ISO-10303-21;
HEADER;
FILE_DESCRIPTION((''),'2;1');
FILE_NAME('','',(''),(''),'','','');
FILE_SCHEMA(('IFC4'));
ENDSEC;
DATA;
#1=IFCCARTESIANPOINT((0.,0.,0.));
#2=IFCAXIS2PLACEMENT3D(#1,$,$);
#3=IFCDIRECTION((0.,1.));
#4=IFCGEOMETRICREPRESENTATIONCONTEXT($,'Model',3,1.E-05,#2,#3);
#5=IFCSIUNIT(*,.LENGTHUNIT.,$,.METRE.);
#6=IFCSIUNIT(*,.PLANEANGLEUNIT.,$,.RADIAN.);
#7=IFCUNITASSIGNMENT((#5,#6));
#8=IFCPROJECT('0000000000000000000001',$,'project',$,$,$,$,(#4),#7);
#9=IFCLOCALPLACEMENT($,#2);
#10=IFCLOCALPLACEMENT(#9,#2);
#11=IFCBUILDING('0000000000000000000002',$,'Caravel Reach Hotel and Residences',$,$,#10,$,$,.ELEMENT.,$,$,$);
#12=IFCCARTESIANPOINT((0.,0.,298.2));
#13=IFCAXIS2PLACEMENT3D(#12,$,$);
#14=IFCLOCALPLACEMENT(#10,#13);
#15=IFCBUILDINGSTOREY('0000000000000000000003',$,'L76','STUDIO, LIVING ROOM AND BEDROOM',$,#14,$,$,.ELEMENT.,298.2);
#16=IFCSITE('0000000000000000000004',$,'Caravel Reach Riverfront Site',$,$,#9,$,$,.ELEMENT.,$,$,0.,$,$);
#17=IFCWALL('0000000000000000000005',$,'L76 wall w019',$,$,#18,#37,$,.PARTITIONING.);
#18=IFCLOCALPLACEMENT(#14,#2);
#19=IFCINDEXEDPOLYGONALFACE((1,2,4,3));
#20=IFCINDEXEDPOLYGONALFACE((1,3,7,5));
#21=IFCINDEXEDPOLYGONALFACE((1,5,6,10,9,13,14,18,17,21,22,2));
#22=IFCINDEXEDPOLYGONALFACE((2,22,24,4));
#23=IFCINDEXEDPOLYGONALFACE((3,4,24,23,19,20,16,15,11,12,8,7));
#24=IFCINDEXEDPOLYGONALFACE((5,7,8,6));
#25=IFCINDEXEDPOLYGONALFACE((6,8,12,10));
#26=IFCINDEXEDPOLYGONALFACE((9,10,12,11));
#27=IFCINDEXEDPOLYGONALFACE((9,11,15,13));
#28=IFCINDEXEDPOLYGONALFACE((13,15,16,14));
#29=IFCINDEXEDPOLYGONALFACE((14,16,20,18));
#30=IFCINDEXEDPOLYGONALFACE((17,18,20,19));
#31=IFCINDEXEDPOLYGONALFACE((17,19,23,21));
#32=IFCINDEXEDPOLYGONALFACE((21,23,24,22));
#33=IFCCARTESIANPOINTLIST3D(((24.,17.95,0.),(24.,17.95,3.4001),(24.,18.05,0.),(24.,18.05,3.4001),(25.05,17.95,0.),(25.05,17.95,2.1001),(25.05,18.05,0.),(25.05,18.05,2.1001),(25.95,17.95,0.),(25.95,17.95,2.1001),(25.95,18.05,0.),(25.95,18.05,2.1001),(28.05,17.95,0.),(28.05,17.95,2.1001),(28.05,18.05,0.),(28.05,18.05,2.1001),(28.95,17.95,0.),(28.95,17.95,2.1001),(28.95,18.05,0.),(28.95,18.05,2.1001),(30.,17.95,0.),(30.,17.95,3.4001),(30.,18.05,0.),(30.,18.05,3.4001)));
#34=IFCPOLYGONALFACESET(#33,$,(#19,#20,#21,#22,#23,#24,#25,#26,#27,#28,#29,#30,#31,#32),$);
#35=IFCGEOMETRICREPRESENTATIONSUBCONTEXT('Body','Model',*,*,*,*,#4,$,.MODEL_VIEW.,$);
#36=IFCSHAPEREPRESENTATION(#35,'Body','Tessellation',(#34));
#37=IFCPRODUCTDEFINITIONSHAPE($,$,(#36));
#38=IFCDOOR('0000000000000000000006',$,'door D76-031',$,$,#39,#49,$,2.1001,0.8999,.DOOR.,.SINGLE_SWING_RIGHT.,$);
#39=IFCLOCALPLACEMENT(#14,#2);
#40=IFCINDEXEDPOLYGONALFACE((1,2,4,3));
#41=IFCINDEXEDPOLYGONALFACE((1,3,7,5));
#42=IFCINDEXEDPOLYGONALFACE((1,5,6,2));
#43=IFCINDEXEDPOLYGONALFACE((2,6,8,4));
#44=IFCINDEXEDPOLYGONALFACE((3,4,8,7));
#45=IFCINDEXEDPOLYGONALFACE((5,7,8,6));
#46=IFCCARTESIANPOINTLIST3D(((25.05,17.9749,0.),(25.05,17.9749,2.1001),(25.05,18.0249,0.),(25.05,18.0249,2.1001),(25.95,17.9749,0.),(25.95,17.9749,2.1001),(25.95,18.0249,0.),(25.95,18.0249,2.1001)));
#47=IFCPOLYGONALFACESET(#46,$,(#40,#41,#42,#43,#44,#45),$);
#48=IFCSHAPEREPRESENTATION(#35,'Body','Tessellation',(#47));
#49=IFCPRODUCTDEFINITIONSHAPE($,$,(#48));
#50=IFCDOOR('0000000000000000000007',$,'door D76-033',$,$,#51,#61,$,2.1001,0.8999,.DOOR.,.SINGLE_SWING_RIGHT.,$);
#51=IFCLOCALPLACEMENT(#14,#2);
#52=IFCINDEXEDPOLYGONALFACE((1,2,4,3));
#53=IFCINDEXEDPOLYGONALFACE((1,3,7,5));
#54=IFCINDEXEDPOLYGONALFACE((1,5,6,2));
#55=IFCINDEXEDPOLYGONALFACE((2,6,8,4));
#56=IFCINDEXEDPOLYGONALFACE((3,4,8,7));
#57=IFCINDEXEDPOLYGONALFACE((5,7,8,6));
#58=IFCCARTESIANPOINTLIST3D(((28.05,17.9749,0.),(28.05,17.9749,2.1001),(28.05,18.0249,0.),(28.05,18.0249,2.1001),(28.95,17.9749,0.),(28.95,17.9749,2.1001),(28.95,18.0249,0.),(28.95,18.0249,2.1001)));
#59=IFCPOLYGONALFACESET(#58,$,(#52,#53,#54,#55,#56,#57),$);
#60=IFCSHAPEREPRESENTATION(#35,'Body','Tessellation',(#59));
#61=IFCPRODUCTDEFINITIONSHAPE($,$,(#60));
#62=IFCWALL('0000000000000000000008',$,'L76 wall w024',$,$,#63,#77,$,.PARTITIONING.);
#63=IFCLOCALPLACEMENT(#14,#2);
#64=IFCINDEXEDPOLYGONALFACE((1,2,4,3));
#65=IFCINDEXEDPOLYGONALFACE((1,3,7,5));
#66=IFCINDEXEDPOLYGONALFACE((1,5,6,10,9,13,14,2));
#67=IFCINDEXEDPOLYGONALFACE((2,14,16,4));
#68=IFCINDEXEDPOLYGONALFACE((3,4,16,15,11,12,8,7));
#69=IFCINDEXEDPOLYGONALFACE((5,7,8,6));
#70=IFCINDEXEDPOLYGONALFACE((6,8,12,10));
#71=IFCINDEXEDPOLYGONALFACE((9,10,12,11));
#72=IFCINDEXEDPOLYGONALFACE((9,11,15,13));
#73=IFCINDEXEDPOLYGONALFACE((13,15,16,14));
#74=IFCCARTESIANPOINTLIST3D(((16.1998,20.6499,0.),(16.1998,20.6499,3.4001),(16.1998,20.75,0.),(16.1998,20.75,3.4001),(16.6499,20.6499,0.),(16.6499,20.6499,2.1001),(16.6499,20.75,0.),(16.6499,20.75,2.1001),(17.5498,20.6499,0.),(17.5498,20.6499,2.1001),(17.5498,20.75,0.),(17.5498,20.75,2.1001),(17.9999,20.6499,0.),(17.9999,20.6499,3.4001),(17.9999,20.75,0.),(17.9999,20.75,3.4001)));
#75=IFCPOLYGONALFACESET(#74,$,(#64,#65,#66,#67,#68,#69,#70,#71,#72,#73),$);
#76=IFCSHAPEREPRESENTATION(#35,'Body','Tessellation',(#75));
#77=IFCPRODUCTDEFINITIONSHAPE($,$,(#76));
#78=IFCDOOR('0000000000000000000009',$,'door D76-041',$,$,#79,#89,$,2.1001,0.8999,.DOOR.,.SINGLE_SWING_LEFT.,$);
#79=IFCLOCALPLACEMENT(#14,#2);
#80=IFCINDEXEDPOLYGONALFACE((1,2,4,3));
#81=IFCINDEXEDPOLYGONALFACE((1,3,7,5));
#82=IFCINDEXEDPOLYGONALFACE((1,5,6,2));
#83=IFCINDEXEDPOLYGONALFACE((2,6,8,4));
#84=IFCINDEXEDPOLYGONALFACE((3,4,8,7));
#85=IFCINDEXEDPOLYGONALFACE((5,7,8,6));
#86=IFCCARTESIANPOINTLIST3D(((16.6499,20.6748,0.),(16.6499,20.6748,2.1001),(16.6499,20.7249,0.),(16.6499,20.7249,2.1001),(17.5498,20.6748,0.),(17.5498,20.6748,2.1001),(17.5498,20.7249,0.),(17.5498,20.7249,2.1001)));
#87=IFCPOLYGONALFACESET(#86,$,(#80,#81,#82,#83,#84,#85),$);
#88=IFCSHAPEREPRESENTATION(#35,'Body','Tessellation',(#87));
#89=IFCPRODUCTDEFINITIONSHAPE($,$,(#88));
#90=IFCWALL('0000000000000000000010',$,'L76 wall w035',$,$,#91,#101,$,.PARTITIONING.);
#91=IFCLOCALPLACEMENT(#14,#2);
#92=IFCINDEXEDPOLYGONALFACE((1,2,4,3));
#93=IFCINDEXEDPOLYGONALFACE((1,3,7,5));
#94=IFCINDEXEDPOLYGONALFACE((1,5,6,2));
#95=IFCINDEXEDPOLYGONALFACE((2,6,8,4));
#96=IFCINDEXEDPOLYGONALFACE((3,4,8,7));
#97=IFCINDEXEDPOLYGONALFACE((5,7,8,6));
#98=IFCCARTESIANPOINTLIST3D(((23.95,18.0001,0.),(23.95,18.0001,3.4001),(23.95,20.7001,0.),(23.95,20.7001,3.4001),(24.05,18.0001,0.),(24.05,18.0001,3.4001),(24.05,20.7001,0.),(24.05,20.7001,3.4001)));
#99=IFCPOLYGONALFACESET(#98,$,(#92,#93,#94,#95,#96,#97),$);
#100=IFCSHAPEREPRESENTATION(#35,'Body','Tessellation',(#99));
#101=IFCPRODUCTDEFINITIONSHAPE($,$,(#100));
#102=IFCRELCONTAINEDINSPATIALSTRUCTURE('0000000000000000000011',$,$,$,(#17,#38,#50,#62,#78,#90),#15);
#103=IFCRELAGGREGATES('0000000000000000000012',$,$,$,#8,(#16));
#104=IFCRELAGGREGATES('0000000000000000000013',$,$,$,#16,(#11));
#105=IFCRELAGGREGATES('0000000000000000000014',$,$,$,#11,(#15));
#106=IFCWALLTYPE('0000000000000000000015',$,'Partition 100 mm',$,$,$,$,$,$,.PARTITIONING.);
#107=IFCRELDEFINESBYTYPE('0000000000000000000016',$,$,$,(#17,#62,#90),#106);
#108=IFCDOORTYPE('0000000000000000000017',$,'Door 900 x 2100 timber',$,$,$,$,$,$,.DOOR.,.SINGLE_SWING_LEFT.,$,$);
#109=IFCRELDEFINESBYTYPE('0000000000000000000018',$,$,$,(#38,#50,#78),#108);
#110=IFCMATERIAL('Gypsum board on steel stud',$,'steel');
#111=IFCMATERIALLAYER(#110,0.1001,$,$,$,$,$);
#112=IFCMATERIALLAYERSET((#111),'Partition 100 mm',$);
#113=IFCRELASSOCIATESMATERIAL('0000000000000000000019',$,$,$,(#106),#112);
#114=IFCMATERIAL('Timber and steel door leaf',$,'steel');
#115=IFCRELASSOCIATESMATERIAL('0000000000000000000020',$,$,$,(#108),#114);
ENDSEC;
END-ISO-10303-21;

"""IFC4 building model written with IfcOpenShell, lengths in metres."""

from ifc_helpers import new_model, si_unit, direction, frame, frame_2d, origin, place, context, subcontext, project, spatial, rectangle, extrude, material, layer, layer_set, type_object, element, fill, save


model = new_model("IFC4")

# Units and contexts
model_context = context("Model", 3, precision=1e-05, world=origin(), true_north=direction((0.0, 1.0)))
body_context = subcontext(model_context, "Body", "Model", "MODEL_VIEW")
ifc_project = project(units=[si_unit("LENGTHUNIT", "METRE"), si_unit("PLANEANGLEUNIT", "RADIAN")], contexts=[model_context])

# Site, building, storey
site_placement = place(None, origin())
site = spatial("IfcSite", under=ifc_project, at=site_placement, Name="Caravel Reach Riverfront Site", CompositionType="ELEMENT", RefElevation=0.0)
building_placement = place(site_placement, origin())
building = spatial("IfcBuilding", under=site, at=building_placement, Name="Caravel Reach Hotel and Residences", CompositionType="ELEMENT")
storey_placement = place(building_placement, frame((0.0, 0.0, 298.2)))
storey = spatial("IfcBuildingStorey", under=building, at=storey_placement, Name="L76", Description="STUDIO, LIVING ROOM AND BEDROOM", CompositionType="ELEMENT", Elevation=298.2)

# Wall, openings, doors
ifc_material_1 = material(Name="Gypsum board on steel stud", Category="steel")
ifc_layer_1 = layer(ifc_material_1, 0.1001)
ifc_layer_set_1 = layer_set([ifc_layer_1], Name="Partition 100 mm")
wall_type_1 = type_object("IfcWallType", Name="Partition 100 mm", PredefinedType="PARTITIONING", material=ifc_layer_set_1)
wall_1_placement = place(storey_placement, frame((24.0, 18.0, 0.0), z_axis=(0.0, 0.0, 1.0), x_axis=(1.0, 0.0, 0.0)))
wall_1 = element("IfcWall", 1, at=wall_1_placement, inside=storey, type_object=wall_type_1, Name="L76 wall w019", PredefinedType="PARTITIONING", context=body_context, shape_type="SweptSolid", body=[
    extrude(rectangle(XDim=6.0, YDim=0.1001, at=frame_2d((3.0, 0.0))), origin(), (0.0, 0.0, 1.0), 3.4001),
])
opening_1_placement = place(wall_1_placement, frame((1.05, 0.0, 0.0)))
opening_1 = element("IfcOpeningElement", 2, at=opening_1_placement, cuts=wall_1, PredefinedType="OPENING", context=body_context, shape_type="SweptSolid", body=[
    extrude(rectangle(XDim=0.8999, YDim=2.1001, at=frame_2d((0.45, 1.05))), frame((0.0, 0.0601, 0.0), z_axis=(0.0, -1.0, 0.0), x_axis=(1.0, 0.0, 0.0)), (0.0, 0.0, 1.0), 0.1201),
])
opening_2_placement = place(wall_1_placement, frame((4.05, 0.0, 0.0)))
opening_2 = element("IfcOpeningElement", 3, at=opening_2_placement, cuts=wall_1, PredefinedType="OPENING", context=body_context, shape_type="SweptSolid", body=[
    extrude(rectangle(XDim=0.8999, YDim=2.1001, at=frame_2d((0.45, 1.05))), frame((0.0, 0.0601, 0.0), z_axis=(0.0, -1.0, 0.0), x_axis=(1.0, 0.0, 0.0)), (0.0, 0.0, 1.0), 0.1201),
])
ifc_material_2 = material(Name="Timber and steel door leaf", Category="steel")
door_type_1 = type_object("IfcDoorType", Name="Door 900 x 2100 timber", OperationType="SINGLE_SWING_LEFT", PredefinedType="DOOR", material=ifc_material_2)
door_1_placement = place(opening_1_placement, origin())
door_1 = element("IfcDoor", 4, at=door_1_placement, inside=storey, type_object=door_type_1, Name="door D76-031", OperationType="SINGLE_SWING_RIGHT", OverallHeight=2.1001, OverallWidth=0.8999, PredefinedType="DOOR", context=body_context, shape_type="SweptSolid", body=[
    extrude(rectangle(XDim=0.8999, YDim=2.1001, at=frame_2d((0.45, 1.05))), frame((0.0, 0.0249, 0.0), z_axis=(0.0, -1.0, 0.0), x_axis=(1.0, 0.0, 0.0)), (0.0, 0.0, 1.0), 0.05),
])
fill(opening_1, door_1)
door_2_placement = place(opening_2_placement, origin())
door_2 = element("IfcDoor", 5, at=door_2_placement, inside=storey, type_object=door_type_1, Name="door D76-033", OperationType="SINGLE_SWING_RIGHT", OverallHeight=2.1001, OverallWidth=0.8999, PredefinedType="DOOR", context=body_context, shape_type="SweptSolid", body=[
    extrude(rectangle(XDim=0.8999, YDim=2.1001, at=frame_2d((0.45, 1.05))), frame((0.0, 0.0249, 0.0), z_axis=(0.0, -1.0, 0.0), x_axis=(1.0, 0.0, 0.0)), (0.0, 0.0, 1.0), 0.05),
])
fill(opening_2, door_2)

# Wall, opening, door
wall_2_placement = place(storey_placement, frame((16.2, 20.7, 0.0), z_axis=(0.0, 0.0, 1.0), x_axis=(1.0, 0.0, 0.0)))
wall_2 = element("IfcWall", 6, at=wall_2_placement, inside=storey, type_object=wall_type_1, Name="L76 wall w024", PredefinedType="PARTITIONING", context=body_context, shape_type="SweptSolid", body=[
    extrude(rectangle(XDim=1.8, YDim=0.1001, at=frame_2d((0.8999, 0.0))), origin(), (0.0, 0.0, 1.0), 3.4001),
])
opening_3_placement = place(wall_2_placement, frame((0.45, 0.0, 0.0)))
opening_3 = element("IfcOpeningElement", 7, at=opening_3_placement, cuts=wall_2, PredefinedType="OPENING", context=body_context, shape_type="SweptSolid", body=[
    extrude(rectangle(XDim=0.8999, YDim=2.1001, at=frame_2d((0.45, 1.05))), frame((0.0, 0.0601, 0.0), z_axis=(0.0, -1.0, 0.0), x_axis=(1.0, 0.0, 0.0)), (0.0, 0.0, 1.0), 0.1201),
])
door_3_placement = place(opening_3_placement, origin())
door_3 = element("IfcDoor", 8, at=door_3_placement, inside=storey, type_object=door_type_1, Name="door D76-041", OperationType="SINGLE_SWING_LEFT", OverallHeight=2.1001, OverallWidth=0.8999, PredefinedType="DOOR", context=body_context, shape_type="SweptSolid", body=[
    extrude(rectangle(XDim=0.8999, YDim=2.1001, at=frame_2d((0.45, 1.05))), frame((0.0, 0.0249, 0.0), z_axis=(0.0, -1.0, 0.0), x_axis=(1.0, 0.0, 0.0)), (0.0, 0.0, 1.0), 0.05),
])
fill(opening_3, door_3)

# Wall
wall_3_placement = place(storey_placement, frame((24.0, 18.0, 0.0), z_axis=(0.0, 0.0, 1.0), x_axis=(0.0, 1.0, 0.0)))
element("IfcWall", 9, at=wall_3_placement, inside=storey, type_object=wall_type_1, Name="L76 wall w035", PredefinedType="PARTITIONING", context=body_context, shape_type="SweptSolid", body=[
    extrude(rectangle(XDim=2.7, YDim=0.1001, at=frame_2d((1.3501, 0.0))), origin(), (0.0, 0.0, 1.0), 3.4001),
])

save(model, "model.ifc")
